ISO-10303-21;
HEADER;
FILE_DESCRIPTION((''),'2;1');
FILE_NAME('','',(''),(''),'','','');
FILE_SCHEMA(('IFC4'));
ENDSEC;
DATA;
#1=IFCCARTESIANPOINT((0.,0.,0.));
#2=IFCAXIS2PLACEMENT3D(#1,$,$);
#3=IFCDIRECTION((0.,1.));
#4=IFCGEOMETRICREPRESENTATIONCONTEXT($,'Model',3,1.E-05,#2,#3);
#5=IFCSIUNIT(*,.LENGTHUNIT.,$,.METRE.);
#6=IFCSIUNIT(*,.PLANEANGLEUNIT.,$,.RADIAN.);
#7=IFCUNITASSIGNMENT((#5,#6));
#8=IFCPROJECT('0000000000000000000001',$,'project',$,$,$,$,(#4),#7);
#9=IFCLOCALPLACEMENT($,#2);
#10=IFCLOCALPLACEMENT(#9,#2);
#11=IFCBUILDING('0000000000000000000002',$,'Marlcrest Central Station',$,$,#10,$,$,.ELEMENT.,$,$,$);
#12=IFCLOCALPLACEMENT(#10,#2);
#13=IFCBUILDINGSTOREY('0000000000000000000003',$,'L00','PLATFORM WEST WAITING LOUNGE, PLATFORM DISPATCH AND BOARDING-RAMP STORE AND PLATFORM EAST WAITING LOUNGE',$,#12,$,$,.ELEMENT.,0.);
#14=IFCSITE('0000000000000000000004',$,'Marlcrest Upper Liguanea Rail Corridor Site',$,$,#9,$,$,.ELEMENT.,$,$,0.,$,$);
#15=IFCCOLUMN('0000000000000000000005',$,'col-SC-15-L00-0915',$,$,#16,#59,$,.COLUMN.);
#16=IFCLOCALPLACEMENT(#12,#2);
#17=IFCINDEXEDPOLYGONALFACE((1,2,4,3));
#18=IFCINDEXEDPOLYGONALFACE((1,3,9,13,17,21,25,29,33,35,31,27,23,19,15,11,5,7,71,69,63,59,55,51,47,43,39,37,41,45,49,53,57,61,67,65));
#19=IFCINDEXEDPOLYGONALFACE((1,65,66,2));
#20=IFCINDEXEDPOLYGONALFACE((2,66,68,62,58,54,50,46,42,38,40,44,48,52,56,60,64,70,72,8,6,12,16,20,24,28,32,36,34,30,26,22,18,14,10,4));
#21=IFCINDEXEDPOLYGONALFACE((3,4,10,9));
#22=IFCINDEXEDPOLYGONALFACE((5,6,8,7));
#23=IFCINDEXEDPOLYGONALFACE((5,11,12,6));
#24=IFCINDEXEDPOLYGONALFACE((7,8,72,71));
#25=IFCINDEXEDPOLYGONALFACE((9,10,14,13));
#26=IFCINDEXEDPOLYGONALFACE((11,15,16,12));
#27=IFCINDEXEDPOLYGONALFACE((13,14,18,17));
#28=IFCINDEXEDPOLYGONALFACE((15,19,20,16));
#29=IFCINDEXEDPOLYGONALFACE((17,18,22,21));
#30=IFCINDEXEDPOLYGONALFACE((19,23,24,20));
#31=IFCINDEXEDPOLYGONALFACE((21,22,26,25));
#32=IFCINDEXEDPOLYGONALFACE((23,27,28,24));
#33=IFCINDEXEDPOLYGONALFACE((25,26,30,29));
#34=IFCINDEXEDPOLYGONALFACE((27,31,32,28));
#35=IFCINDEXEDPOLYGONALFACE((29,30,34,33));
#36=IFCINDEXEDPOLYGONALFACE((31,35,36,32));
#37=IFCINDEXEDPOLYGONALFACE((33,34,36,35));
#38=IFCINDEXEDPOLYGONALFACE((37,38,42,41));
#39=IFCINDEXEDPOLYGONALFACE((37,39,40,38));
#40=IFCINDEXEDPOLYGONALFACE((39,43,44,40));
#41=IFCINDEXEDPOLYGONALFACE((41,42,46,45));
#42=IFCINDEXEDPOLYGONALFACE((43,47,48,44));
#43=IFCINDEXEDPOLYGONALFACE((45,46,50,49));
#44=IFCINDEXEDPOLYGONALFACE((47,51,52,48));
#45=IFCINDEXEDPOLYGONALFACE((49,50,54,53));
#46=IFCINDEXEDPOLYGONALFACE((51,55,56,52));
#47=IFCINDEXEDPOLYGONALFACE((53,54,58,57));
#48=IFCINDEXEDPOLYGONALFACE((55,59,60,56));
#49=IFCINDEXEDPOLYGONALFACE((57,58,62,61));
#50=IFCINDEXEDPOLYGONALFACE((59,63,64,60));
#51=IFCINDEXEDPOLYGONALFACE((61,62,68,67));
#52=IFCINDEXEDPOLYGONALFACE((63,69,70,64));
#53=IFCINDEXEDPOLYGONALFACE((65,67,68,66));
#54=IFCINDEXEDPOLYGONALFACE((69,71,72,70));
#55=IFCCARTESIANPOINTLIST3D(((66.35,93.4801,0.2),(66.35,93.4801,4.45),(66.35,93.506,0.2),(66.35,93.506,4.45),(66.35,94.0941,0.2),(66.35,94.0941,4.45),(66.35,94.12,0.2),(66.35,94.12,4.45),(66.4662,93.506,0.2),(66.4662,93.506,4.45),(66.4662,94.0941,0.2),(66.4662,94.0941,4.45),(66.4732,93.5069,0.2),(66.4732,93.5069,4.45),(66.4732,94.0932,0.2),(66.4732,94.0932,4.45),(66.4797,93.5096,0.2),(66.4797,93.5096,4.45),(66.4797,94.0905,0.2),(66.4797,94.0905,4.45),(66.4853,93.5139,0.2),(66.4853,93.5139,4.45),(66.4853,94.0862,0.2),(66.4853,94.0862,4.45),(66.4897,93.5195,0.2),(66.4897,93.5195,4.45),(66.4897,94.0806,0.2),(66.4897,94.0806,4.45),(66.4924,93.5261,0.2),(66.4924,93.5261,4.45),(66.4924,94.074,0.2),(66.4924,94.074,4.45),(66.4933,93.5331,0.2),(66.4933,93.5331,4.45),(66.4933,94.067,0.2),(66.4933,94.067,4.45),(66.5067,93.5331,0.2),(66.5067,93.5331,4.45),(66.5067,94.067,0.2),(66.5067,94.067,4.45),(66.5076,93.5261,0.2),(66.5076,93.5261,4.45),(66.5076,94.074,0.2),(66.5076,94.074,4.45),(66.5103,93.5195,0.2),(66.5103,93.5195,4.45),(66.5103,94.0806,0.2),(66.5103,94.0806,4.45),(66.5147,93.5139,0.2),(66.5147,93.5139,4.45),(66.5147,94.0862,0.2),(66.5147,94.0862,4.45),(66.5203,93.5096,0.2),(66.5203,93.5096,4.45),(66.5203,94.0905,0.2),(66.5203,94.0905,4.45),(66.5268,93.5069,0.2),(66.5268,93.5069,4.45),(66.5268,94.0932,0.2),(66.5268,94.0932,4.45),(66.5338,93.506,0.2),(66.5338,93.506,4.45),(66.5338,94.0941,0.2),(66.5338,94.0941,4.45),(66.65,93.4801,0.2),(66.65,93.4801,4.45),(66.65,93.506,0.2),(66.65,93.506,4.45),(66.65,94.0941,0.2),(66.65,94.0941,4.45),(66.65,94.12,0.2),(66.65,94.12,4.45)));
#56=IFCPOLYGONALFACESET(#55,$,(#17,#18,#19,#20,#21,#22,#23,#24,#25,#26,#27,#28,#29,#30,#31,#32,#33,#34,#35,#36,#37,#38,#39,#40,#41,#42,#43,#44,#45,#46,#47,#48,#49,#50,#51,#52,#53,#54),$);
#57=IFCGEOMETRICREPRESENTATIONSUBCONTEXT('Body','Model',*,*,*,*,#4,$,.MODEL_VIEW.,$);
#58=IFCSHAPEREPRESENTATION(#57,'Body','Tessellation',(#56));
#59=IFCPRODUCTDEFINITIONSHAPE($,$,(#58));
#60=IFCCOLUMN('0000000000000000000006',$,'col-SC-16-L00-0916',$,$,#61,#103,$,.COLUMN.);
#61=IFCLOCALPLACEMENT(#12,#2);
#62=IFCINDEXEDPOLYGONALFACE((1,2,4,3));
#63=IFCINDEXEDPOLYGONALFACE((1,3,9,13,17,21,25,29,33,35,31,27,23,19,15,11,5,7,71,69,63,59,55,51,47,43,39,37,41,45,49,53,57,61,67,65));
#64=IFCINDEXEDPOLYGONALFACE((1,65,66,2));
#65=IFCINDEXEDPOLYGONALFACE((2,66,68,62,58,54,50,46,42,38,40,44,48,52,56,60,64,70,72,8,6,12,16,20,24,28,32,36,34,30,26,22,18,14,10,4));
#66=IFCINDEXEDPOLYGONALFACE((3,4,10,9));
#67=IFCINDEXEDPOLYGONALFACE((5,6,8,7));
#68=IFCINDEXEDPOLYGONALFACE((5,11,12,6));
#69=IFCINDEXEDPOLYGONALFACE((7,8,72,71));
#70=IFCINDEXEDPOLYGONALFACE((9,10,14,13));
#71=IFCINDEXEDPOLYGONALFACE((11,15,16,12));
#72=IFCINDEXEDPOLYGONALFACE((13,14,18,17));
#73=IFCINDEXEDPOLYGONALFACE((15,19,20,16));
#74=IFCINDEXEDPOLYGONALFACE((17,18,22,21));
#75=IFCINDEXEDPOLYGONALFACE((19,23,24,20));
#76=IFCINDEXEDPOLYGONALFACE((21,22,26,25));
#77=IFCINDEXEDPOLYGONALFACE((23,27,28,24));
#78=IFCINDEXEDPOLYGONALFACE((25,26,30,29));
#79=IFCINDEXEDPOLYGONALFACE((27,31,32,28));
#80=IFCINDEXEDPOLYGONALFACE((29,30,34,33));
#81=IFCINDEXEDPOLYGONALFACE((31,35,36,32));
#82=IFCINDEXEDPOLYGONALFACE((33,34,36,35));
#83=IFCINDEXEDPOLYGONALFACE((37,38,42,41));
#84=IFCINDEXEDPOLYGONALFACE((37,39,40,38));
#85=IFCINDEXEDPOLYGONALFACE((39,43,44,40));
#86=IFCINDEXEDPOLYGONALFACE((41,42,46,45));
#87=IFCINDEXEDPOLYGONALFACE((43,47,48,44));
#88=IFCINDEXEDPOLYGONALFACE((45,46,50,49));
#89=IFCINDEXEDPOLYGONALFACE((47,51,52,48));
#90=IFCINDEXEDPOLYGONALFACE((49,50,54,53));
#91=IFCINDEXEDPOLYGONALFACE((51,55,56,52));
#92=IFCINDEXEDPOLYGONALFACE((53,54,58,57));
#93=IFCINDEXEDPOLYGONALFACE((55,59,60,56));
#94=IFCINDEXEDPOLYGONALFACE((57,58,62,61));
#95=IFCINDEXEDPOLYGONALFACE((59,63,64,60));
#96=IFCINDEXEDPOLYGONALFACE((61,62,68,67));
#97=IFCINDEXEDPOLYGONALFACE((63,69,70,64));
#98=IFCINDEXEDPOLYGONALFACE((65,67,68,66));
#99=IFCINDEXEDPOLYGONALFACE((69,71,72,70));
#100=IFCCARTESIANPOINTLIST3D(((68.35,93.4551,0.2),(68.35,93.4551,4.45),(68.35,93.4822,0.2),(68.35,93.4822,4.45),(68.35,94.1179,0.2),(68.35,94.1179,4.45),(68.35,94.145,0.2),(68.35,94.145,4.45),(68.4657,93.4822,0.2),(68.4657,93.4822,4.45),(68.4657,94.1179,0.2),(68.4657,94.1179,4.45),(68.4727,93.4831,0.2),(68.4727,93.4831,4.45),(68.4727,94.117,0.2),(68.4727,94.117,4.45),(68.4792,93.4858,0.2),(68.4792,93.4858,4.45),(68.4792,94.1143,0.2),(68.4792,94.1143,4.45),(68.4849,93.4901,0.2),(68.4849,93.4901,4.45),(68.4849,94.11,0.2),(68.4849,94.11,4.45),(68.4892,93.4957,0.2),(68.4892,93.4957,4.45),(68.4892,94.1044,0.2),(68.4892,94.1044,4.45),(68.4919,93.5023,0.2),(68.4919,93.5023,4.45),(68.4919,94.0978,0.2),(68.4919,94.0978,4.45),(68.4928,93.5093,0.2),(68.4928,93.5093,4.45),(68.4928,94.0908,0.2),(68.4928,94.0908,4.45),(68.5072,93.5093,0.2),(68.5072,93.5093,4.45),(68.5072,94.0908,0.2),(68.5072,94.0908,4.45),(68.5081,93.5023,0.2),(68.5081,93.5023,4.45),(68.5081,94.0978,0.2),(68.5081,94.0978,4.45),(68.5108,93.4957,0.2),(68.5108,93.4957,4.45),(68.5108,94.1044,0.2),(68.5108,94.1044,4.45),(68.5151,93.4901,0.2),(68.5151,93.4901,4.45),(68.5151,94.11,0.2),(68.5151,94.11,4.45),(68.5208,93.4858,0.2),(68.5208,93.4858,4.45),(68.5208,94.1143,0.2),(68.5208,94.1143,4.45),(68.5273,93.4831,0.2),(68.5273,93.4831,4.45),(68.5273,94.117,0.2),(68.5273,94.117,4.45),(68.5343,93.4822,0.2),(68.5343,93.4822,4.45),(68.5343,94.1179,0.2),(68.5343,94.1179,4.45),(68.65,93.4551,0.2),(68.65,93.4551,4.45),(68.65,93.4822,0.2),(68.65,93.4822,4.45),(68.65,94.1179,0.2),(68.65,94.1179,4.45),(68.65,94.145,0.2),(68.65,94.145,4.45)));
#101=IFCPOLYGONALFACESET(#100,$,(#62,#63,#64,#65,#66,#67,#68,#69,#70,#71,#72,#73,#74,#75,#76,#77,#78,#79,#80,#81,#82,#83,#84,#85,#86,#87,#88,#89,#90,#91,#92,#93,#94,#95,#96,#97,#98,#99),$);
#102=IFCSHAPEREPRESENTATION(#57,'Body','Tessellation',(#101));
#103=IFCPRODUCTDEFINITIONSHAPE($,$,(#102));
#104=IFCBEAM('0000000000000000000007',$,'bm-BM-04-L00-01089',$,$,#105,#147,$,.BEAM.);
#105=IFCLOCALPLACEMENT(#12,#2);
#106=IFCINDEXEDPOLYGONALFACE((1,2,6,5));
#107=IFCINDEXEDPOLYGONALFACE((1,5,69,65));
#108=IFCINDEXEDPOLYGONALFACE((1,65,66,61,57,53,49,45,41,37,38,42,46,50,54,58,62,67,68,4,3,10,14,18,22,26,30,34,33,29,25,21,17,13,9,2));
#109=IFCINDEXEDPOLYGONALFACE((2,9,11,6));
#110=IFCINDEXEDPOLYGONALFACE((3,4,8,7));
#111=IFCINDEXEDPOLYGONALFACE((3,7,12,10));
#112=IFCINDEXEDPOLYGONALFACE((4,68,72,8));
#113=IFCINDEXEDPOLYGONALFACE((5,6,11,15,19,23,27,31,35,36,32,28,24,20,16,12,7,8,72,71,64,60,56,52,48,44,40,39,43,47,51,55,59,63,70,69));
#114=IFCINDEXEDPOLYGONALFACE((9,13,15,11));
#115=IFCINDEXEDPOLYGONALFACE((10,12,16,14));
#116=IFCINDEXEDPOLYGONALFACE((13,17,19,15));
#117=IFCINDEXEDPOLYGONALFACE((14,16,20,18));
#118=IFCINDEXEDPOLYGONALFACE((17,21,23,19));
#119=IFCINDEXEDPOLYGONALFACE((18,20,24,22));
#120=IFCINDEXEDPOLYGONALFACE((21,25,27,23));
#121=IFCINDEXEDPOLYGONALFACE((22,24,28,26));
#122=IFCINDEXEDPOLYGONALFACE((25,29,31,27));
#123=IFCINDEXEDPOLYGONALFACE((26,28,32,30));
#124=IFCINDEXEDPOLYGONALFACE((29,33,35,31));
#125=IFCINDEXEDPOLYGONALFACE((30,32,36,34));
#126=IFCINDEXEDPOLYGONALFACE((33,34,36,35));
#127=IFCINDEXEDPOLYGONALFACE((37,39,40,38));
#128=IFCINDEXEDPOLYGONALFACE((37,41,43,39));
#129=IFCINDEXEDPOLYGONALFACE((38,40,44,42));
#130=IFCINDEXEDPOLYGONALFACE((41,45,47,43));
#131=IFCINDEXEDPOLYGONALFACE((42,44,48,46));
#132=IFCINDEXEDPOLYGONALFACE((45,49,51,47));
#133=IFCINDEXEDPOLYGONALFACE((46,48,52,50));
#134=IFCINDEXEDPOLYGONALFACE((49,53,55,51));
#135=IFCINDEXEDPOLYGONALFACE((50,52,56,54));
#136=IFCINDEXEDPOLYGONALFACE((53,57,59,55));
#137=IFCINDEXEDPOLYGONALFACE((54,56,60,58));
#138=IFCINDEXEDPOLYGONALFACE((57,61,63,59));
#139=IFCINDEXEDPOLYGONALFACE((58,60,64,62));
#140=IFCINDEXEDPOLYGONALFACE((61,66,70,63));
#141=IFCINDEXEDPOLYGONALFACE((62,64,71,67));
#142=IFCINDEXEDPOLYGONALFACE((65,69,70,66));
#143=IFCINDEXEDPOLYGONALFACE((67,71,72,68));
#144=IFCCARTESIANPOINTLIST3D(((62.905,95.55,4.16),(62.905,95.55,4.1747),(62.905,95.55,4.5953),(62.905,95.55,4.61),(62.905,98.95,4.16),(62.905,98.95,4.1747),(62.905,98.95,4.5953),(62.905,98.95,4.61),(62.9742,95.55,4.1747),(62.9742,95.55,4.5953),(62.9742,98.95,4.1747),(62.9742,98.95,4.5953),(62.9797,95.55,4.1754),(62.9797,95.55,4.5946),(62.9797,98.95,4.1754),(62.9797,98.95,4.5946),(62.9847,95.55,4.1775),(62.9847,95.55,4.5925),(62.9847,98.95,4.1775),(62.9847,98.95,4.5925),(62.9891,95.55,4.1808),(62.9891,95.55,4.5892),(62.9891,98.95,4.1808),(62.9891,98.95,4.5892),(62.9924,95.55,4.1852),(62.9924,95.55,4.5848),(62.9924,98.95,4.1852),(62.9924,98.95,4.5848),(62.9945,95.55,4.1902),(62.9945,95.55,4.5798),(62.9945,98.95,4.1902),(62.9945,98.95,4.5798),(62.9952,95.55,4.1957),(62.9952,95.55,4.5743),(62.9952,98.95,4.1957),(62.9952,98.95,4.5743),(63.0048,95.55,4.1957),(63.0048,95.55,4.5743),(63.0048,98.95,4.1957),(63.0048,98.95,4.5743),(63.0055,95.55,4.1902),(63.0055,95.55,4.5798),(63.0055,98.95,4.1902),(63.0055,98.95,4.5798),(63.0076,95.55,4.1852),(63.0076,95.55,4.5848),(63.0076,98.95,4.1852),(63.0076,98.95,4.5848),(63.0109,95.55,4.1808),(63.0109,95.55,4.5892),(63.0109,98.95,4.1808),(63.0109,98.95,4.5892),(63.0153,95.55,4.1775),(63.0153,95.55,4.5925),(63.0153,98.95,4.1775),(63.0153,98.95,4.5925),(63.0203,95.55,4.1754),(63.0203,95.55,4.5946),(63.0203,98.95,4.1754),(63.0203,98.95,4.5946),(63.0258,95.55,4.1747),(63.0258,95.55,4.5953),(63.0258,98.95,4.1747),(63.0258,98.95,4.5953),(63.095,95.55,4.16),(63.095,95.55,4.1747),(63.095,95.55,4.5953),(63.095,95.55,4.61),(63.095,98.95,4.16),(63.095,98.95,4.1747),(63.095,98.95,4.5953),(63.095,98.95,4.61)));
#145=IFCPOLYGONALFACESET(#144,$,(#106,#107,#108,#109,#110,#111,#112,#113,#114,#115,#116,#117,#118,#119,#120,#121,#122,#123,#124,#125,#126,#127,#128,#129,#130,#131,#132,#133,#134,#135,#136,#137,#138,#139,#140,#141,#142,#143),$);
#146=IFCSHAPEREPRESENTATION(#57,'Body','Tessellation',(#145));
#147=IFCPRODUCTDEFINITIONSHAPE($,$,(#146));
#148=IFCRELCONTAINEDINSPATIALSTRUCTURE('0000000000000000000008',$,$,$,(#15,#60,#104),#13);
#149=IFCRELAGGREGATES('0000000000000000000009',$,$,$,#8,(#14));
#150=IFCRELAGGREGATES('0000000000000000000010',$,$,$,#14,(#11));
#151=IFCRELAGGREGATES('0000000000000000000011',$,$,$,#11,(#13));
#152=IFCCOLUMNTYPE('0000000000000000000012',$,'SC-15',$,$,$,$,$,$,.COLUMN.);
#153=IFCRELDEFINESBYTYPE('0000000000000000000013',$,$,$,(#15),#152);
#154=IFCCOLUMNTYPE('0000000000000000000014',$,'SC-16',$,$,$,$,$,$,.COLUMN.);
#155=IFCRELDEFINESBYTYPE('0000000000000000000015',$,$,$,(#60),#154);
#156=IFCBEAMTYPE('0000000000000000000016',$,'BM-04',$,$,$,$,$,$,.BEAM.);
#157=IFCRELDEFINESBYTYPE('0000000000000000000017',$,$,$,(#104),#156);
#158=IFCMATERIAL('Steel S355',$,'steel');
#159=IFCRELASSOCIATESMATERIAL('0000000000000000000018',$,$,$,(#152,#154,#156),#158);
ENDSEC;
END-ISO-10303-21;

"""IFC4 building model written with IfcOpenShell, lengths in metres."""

from ifc_helpers import new_model, si_unit, direction, frame, origin, origin_2d, place, context, subcontext, project, spatial, i_section, extrude, material, material_profile, profile_set, type_object, element, save


model = new_model("IFC4")

# Units and contexts
model_context = context("Model", 3, precision=1e-05, world=origin(), true_north=direction((0.0, 1.0)))
body_context = subcontext(model_context, "Body", "Model", "MODEL_VIEW")
ifc_project = project(units=[si_unit("LENGTHUNIT", "METRE"), si_unit("PLANEANGLEUNIT", "RADIAN")], contexts=[model_context])

# Site, building, storey
site_placement = place(None, origin())
site = spatial("IfcSite", under=ifc_project, at=site_placement, Name="Marlcrest Upper Liguanea Rail Corridor Site", CompositionType="ELEMENT", RefElevation=0.0)
building_placement = place(site_placement, origin())
building = spatial("IfcBuilding", under=site, at=building_placement, Name="Marlcrest Central Station", CompositionType="ELEMENT")
storey_placement = place(building_placement, origin())
storey = spatial("IfcBuildingStorey", under=building, at=storey_placement, Name="L00", Description="PLATFORM WEST WAITING LOUNGE, PLATFORM DISPATCH AND BOARDING-RAMP STORE AND PLATFORM EAST WAITING LOUNGE", CompositionType="ELEMENT", Elevation=0.0)

# Columns
ifc_material_1 = material(Name="Steel S355", Category="steel")
ifc_material_profile_1 = material_profile(ifc_material_1, i_section(OverallWidth=0.3, OverallDepth=0.6399, WebThickness=0.0134, FlangeThickness=0.0259, FilletRadius=0.0271, at=origin_2d()), Name="HEA 650")
ifc_profile_set_1 = profile_set([ifc_material_profile_1], Name="Steel S355")
column_type_1 = type_object("IfcColumnType", Name="SC-15", PredefinedType="COLUMN", material=ifc_profile_set_1)
column_1_placement = place(storey_placement, frame((66.5, 93.8, 0.2), z_axis=(0.0, 0.0, 1.0), x_axis=(1.0, 0.0, 0.0)))
element("IfcColumn", 1, at=column_1_placement, inside=storey, type_object=column_type_1, Name="col-SC-15-L00-0915", PredefinedType="COLUMN", context=body_context, shape_type="SweptSolid", body=[
    extrude(i_section(OverallWidth=0.3, OverallDepth=0.6399, WebThickness=0.0134, FlangeThickness=0.0259, FilletRadius=0.0271, at=origin_2d()), origin(), (0.0, 0.0, 1.0), 4.25),
])
ifc_material_profile_2 = material_profile(ifc_material_1, i_section(OverallWidth=0.3, OverallDepth=0.6899, WebThickness=0.0144, FlangeThickness=0.0271, FilletRadius=0.0271, at=origin_2d()), Name="HEA 700")
ifc_profile_set_2 = profile_set([ifc_material_profile_2], Name="Steel S355")
column_type_2 = type_object("IfcColumnType", Name="SC-16", PredefinedType="COLUMN", material=ifc_profile_set_2)
column_2_placement = place(storey_placement, frame((68.5, 93.8, 0.2), z_axis=(0.0, 0.0, 1.0), x_axis=(1.0, 0.0, 0.0)))
element("IfcColumn", 2, at=column_2_placement, inside=storey, type_object=column_type_2, Name="col-SC-16-L00-0916", PredefinedType="COLUMN", context=body_context, shape_type="SweptSolid", body=[
    extrude(i_section(OverallWidth=0.3, OverallDepth=0.6899, WebThickness=0.0144, FlangeThickness=0.0271, FilletRadius=0.0271, at=origin_2d()), origin(), (0.0, 0.0, 1.0), 4.25),
])

# Beam
ifc_material_profile_3 = material_profile(ifc_material_1, i_section(OverallWidth=0.1899, OverallDepth=0.45, WebThickness=0.0095, FlangeThickness=0.0146, FilletRadius=0.021, at=origin_2d()), Name="IPE 450")
ifc_profile_set_3 = profile_set([ifc_material_profile_3], Name="Steel S355")
beam_type_1 = type_object("IfcBeamType", Name="BM-04", PredefinedType="BEAM", material=ifc_profile_set_3)
beam_1_placement = place(storey_placement, frame((63.0, 95.55, 4.385), z_axis=(0.0, 1.0, 0.0), x_axis=(-1.0, 0.0, 0.0)))
element("IfcBeam", 3, at=beam_1_placement, inside=storey, type_object=beam_type_1, Name="bm-BM-04-L00-01089", PredefinedType="BEAM", context=body_context, shape_type="SweptSolid", body=[
    extrude(i_section(OverallWidth=0.1899, OverallDepth=0.45, WebThickness=0.0095, FlangeThickness=0.0146, FilletRadius=0.021, at=origin_2d()), origin(), (0.0, 0.0, 1.0), 3.3999),
])

save(model, "model.ifc")
